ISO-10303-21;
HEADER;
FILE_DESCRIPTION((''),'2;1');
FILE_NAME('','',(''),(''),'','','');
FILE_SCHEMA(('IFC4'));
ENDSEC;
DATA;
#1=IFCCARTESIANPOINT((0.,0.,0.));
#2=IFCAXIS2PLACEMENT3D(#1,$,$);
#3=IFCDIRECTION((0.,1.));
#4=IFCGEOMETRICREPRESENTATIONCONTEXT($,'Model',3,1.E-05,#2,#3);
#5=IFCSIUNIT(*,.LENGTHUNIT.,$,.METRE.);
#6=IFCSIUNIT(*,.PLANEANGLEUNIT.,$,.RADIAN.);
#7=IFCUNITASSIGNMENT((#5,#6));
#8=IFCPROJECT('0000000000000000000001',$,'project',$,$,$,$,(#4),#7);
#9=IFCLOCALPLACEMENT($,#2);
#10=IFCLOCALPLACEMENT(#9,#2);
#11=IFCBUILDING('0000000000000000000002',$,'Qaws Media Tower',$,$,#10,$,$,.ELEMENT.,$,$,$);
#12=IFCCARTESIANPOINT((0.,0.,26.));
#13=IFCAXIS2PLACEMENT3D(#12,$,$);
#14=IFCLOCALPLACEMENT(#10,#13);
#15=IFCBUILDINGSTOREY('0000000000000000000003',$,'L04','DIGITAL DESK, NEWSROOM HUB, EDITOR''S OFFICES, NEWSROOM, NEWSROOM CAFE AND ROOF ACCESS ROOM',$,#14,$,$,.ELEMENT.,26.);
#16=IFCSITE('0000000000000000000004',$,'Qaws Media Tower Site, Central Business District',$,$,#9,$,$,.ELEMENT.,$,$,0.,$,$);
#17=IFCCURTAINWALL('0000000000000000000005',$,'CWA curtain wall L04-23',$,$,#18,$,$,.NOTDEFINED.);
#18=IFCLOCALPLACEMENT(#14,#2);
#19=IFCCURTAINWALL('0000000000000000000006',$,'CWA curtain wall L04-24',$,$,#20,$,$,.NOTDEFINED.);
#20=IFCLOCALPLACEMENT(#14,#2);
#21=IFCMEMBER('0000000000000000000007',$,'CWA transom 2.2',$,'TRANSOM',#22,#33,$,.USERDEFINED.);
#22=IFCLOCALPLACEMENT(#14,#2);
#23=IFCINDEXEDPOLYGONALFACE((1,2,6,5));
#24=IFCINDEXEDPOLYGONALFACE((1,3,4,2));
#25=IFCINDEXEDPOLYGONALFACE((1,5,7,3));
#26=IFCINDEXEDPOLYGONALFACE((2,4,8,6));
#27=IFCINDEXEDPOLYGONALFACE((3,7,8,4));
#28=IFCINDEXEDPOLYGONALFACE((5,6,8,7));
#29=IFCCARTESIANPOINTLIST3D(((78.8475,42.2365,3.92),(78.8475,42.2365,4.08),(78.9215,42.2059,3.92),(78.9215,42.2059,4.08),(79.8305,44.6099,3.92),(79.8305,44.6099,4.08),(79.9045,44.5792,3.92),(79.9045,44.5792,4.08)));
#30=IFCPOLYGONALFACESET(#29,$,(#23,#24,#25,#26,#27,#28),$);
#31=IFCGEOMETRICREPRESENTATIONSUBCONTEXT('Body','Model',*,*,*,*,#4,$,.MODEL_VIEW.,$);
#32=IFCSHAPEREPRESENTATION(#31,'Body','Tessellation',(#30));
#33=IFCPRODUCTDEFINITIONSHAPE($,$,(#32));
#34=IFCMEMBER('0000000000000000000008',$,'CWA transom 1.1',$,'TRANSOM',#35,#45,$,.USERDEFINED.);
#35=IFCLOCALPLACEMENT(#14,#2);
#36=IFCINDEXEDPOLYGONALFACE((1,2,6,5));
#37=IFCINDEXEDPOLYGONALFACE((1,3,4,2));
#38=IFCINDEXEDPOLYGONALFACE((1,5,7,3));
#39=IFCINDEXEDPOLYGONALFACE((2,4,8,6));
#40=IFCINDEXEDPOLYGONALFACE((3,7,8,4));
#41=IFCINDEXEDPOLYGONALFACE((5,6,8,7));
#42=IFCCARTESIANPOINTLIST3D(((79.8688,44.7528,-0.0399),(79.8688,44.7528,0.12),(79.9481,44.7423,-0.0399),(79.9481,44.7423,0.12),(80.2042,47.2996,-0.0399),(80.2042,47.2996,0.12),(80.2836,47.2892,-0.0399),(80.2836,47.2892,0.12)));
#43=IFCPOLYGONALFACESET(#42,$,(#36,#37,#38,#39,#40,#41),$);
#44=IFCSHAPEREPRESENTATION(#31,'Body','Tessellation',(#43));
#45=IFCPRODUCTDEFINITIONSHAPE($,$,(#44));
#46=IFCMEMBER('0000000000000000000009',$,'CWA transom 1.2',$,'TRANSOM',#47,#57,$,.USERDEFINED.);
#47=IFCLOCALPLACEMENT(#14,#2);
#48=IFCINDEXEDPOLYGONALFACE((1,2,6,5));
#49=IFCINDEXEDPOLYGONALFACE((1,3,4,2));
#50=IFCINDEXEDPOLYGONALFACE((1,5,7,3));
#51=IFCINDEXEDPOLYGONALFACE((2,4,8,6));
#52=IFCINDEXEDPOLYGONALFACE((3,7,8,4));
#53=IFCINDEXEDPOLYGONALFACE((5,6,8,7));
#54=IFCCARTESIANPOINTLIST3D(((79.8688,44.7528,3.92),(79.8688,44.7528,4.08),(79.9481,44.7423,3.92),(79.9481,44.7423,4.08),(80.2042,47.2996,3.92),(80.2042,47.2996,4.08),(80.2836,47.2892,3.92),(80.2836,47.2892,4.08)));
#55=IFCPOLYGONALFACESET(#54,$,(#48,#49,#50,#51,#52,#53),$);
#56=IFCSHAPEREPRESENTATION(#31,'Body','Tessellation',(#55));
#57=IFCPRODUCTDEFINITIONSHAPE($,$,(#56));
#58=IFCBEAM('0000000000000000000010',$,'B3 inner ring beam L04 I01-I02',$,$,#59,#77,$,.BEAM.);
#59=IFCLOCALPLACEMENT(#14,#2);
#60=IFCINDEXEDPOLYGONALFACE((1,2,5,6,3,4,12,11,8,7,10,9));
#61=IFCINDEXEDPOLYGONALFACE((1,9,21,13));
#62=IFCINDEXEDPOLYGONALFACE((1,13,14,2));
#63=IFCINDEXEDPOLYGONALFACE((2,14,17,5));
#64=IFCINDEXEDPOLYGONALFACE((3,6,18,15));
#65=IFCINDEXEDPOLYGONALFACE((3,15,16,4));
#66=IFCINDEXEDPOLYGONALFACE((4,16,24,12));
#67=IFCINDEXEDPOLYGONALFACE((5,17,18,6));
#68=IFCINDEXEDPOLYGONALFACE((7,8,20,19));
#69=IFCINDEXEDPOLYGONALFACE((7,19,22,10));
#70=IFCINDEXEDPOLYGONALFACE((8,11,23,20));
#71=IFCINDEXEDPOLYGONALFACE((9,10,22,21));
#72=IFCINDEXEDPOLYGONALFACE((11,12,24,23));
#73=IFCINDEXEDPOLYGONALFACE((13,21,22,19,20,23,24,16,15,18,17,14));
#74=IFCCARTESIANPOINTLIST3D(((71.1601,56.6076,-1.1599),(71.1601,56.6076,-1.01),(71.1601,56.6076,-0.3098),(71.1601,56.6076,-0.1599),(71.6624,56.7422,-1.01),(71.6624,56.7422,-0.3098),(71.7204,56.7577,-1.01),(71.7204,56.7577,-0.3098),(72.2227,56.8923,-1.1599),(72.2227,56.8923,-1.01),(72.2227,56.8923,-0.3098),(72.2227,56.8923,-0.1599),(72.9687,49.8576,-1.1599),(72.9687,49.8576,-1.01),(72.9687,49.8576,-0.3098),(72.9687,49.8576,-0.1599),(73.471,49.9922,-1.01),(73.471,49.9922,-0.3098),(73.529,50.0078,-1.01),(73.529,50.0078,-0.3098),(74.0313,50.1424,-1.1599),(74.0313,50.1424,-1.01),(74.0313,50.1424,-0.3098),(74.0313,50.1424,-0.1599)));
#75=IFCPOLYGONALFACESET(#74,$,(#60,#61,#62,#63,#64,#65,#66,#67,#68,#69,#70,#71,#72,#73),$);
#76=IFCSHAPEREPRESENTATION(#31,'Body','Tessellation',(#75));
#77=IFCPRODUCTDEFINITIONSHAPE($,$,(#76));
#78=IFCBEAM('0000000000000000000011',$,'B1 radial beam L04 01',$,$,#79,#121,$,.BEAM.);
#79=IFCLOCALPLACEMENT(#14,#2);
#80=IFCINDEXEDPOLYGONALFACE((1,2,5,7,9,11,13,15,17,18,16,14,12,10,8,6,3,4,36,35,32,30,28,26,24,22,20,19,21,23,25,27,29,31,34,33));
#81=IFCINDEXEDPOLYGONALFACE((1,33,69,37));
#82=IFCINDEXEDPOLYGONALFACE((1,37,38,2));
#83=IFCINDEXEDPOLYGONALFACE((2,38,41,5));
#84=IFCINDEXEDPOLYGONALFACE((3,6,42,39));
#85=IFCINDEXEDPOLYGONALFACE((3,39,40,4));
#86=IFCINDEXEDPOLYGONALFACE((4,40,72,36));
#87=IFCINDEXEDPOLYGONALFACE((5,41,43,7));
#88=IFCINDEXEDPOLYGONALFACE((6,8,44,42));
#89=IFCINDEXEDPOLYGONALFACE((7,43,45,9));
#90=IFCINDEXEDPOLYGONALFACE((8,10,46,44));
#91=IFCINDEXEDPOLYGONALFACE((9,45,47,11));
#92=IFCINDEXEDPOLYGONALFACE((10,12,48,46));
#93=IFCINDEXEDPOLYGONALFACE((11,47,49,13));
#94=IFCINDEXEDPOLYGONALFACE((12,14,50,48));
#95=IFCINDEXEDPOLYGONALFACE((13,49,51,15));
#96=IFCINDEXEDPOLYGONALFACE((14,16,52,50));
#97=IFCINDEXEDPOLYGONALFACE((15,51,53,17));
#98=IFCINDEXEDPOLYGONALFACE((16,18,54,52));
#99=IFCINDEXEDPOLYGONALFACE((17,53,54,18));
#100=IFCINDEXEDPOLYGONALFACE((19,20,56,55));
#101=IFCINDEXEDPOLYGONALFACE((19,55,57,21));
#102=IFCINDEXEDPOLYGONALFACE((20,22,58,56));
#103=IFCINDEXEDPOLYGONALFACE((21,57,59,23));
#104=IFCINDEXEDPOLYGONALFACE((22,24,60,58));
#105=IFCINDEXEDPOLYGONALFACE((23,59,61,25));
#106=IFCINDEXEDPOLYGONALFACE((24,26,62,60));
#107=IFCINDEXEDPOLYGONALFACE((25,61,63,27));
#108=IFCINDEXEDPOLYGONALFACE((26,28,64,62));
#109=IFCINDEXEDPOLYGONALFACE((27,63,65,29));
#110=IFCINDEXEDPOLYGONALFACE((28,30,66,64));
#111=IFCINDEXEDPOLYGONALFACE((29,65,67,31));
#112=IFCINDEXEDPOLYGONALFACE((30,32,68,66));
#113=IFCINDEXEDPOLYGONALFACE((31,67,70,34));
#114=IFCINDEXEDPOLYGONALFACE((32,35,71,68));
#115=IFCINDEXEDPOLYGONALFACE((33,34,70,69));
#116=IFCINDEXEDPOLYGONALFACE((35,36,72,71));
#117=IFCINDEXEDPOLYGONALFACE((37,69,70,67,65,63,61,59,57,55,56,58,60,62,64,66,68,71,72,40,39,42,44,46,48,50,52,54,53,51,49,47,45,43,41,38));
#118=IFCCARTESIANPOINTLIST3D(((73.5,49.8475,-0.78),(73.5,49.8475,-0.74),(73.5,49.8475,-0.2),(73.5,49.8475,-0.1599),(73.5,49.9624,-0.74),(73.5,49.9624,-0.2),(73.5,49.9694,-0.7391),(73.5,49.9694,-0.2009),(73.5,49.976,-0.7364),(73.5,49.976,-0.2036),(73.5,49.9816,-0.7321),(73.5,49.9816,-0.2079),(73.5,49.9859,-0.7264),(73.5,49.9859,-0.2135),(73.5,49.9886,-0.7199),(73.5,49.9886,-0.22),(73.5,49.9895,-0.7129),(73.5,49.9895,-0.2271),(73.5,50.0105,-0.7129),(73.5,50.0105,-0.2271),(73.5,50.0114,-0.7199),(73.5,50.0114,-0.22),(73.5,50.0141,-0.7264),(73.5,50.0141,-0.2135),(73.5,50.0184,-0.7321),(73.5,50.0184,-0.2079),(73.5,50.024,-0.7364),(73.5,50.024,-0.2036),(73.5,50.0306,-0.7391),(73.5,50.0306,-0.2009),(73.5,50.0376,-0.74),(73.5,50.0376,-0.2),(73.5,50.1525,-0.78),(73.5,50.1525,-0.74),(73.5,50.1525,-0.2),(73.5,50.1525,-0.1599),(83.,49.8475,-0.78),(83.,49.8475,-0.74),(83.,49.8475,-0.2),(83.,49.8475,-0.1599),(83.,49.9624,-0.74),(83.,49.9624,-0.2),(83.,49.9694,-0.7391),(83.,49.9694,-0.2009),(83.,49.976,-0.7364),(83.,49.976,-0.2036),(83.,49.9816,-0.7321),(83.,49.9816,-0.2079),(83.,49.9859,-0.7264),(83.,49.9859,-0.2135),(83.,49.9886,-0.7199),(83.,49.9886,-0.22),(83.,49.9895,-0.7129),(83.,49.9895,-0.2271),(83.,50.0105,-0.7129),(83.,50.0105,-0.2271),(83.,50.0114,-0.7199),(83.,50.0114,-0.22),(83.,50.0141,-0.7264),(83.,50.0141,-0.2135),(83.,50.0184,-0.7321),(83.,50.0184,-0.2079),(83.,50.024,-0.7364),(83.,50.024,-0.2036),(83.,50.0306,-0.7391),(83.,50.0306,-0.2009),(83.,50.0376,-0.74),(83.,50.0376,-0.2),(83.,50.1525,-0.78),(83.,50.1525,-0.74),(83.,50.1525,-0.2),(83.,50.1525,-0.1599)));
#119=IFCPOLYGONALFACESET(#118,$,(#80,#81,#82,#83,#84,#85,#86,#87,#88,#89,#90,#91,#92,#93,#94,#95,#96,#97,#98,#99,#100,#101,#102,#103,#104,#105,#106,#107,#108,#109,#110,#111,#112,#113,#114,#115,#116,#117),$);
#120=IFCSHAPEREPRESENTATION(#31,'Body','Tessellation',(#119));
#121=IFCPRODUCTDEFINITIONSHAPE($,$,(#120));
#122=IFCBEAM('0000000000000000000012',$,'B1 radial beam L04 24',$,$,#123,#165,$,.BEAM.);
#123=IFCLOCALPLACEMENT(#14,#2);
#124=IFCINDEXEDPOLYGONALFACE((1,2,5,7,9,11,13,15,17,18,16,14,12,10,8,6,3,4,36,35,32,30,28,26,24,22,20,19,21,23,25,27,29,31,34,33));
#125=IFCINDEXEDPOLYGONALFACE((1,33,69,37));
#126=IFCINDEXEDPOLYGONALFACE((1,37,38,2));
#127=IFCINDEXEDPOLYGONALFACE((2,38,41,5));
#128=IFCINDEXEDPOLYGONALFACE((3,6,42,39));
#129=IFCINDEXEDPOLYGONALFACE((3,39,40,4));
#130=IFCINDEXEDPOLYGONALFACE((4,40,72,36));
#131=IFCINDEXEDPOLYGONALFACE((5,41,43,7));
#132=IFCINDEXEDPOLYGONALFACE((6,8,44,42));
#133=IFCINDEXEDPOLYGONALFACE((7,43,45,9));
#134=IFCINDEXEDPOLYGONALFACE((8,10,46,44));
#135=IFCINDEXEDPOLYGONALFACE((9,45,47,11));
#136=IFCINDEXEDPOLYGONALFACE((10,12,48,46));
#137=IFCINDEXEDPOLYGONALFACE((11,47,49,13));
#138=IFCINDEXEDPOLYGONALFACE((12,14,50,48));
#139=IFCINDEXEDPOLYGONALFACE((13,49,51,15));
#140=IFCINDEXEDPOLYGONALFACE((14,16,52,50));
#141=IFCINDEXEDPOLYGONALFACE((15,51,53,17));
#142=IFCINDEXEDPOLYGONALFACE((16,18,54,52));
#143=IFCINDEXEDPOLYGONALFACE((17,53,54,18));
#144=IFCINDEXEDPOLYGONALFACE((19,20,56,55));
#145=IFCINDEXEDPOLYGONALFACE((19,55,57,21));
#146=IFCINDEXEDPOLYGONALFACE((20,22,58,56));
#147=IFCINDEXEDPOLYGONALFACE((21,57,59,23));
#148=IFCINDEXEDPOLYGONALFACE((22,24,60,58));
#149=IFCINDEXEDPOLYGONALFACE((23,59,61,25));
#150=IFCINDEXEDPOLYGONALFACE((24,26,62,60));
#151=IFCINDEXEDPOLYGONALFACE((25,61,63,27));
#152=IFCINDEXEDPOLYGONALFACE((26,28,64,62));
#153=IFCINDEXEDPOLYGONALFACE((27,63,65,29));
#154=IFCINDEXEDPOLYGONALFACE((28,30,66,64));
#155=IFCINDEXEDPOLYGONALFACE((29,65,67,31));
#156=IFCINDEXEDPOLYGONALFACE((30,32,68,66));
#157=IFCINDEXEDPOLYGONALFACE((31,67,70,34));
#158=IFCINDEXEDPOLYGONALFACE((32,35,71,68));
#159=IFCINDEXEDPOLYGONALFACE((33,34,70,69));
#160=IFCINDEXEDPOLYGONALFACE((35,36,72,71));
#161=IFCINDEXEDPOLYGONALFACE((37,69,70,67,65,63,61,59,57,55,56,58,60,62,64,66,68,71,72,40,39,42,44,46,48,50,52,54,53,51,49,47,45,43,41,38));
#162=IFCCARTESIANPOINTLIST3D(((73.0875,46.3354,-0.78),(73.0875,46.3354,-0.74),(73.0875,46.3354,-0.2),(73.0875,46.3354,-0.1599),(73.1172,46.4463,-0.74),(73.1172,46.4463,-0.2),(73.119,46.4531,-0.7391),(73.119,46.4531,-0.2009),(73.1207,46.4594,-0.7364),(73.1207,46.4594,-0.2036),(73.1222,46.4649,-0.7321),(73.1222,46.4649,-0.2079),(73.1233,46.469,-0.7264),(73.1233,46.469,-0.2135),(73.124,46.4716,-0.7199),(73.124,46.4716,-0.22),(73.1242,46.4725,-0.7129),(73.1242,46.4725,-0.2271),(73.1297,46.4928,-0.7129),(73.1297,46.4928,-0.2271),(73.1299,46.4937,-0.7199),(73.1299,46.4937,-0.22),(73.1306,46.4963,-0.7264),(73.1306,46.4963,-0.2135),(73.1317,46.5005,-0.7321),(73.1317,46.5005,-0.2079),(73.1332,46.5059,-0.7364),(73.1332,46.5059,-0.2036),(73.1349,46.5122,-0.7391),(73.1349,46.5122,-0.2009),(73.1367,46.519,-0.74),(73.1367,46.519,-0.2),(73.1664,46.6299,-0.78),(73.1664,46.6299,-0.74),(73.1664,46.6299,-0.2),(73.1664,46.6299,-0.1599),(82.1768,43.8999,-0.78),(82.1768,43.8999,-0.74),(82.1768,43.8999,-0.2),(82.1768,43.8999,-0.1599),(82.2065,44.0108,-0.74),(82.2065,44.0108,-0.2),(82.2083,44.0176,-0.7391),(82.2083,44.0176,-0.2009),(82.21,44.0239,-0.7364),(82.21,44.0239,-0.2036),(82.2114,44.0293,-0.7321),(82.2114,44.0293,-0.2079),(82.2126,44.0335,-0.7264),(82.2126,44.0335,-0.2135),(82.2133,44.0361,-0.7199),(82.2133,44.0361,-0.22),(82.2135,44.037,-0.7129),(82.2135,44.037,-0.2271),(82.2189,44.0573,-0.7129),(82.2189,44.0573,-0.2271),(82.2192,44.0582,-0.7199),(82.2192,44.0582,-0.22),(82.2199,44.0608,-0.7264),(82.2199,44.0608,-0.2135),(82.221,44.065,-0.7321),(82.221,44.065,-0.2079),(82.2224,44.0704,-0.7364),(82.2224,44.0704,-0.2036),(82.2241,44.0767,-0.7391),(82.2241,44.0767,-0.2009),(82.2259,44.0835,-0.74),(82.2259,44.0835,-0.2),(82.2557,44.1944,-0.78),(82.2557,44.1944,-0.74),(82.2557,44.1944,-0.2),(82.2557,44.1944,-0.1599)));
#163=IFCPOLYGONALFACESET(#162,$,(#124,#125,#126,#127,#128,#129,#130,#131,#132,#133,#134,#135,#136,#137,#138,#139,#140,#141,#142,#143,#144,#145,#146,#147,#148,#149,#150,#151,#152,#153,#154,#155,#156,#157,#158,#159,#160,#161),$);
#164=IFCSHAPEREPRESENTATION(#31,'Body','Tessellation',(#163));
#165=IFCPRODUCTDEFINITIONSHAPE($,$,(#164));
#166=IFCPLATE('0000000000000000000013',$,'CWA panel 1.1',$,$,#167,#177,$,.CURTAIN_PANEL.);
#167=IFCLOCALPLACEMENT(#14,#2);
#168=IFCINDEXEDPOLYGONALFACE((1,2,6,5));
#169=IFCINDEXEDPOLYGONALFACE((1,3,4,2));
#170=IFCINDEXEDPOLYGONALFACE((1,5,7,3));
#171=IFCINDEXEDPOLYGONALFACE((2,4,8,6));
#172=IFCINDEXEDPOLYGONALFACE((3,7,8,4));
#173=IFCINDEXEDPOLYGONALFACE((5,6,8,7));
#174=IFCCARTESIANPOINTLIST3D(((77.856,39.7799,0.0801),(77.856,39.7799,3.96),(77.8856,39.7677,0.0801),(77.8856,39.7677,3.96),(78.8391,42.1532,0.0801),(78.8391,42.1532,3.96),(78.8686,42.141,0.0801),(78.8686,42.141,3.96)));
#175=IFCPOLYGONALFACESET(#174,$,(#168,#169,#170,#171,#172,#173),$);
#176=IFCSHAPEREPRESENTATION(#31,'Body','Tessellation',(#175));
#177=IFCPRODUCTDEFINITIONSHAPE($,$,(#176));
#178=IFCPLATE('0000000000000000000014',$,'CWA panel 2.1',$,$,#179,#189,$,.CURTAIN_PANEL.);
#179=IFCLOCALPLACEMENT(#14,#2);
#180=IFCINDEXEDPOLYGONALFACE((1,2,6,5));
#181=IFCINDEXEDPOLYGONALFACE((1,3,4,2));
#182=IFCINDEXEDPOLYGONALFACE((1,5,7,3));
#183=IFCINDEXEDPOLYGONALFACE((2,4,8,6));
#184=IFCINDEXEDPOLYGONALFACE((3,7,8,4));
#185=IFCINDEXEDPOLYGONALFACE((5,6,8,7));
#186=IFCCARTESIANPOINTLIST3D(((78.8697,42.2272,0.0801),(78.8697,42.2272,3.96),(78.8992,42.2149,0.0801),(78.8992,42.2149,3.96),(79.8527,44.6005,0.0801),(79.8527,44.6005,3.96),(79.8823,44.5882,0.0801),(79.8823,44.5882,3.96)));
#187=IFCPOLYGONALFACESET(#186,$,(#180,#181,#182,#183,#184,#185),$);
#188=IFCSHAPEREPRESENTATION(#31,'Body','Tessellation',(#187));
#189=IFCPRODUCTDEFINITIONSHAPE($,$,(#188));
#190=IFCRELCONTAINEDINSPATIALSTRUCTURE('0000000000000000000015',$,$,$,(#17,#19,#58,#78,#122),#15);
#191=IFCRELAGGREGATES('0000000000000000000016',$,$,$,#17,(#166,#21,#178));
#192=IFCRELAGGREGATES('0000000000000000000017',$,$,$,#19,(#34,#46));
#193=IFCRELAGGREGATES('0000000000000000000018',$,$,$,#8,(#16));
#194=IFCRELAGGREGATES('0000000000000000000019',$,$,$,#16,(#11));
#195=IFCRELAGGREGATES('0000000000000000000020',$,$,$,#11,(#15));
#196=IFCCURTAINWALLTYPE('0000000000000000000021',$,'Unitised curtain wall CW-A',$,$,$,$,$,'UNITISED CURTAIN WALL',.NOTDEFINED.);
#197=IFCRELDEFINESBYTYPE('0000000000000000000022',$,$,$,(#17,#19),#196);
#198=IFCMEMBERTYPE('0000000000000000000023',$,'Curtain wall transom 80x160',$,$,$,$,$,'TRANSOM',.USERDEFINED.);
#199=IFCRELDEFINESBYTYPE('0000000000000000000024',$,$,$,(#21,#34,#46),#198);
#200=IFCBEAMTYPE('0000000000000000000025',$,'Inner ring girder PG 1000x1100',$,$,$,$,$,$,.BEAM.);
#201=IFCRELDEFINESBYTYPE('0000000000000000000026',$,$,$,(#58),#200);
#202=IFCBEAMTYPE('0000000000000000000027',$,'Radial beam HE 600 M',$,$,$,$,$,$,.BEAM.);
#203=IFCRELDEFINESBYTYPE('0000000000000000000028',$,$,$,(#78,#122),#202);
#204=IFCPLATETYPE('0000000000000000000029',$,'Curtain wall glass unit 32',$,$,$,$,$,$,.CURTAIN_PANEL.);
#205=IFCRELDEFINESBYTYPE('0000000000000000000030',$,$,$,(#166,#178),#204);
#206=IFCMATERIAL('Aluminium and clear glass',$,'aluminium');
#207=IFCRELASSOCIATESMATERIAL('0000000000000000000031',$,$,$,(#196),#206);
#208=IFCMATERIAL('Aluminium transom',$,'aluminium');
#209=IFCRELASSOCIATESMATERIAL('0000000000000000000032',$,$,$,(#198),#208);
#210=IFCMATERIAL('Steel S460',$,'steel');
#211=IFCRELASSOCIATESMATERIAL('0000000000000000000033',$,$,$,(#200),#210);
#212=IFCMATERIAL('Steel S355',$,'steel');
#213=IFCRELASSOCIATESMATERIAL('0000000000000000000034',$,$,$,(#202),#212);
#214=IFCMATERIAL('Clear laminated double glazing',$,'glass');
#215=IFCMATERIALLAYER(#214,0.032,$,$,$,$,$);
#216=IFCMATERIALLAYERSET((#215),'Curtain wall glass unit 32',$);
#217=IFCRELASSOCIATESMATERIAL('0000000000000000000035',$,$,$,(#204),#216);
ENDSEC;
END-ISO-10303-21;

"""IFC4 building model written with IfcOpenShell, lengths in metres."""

from ifc_helpers import new_model, si_unit, direction, frame, origin, origin_2d, place, context, subcontext, project, spatial, rectangle, i_section, extrude, material, layer, layer_set, material_profile, profile_set, type_object, element, aggregate, save


model = new_model("IFC4")

# Units and contexts
model_context = context("Model", 3, precision=1e-05, world=origin(), true_north=direction((0.0, 1.0)))
body_context = subcontext(model_context, "Body", "Model", "MODEL_VIEW")
ifc_project = project(units=[si_unit("LENGTHUNIT", "METRE"), si_unit("PLANEANGLEUNIT", "RADIAN")], contexts=[model_context])

# Site, building, storey
site_placement = place(None, origin())
site = spatial("IfcSite", under=ifc_project, at=site_placement, Name="Qaws Media Tower Site, Central Business District", CompositionType="ELEMENT", RefElevation=0.0)
building_placement = place(site_placement, origin())
building = spatial("IfcBuilding", under=site, at=building_placement, Name="Qaws Media Tower", CompositionType="ELEMENT")
storey_placement = place(building_placement, frame((0.0, 0.0, 26.0)))
storey = spatial("IfcBuildingStorey", under=building, at=storey_placement, Name="L04", Description="DIGITAL DESK, NEWSROOM HUB, EDITOR'S OFFICES, NEWSROOM, NEWSROOM CAFE AND ROOF ACCESS ROOM", CompositionType="ELEMENT", Elevation=26.0)

# Curtain wall
ifc_material_1 = material(Name="Aluminium and clear glass", Category="aluminium")
curtain_wall_type = type_object("IfcCurtainWallType", Name="Unitised curtain wall CW-A", ElementType="UNITISED CURTAIN WALL", PredefinedType="NOTDEFINED", material=ifc_material_1)
curtain_wall_1_placement = place(storey_placement, origin())
curtain_wall_1 = element("IfcCurtainWall", 1, at=curtain_wall_1_placement, inside=storey, type_object=curtain_wall_type, Name="CWA curtain wall L04-23", PredefinedType="NOTDEFINED")

# Curtain wall
curtain_wall_2_placement = place(storey_placement, origin())
curtain_wall_2 = element("IfcCurtainWall", 2, at=curtain_wall_2_placement, inside=storey, type_object=curtain_wall_type, Name="CWA curtain wall L04-24", PredefinedType="NOTDEFINED")

# Members
ifc_material_2 = material(Name="Aluminium transom", Category="aluminium")
ifc_material_profile_1 = material_profile(ifc_material_2, rectangle(XDim=0.0801, YDim=0.1599, at=origin_2d()), Name="80x160")
ifc_profile_set_1 = profile_set([ifc_material_profile_1], Name="Aluminium transom")
member_type_1 = type_object("IfcMemberType", Name="Curtain wall transom 80x160", ElementType="TRANSOM", PredefinedType="USERDEFINED", material=ifc_profile_set_1)
member_1_placement = place(storey_placement, frame((78.8845, 42.2212, 4.0), z_axis=(0.382637, 0.923899, 0.0), x_axis=(-0.923899, 0.382637, 0.0)))
member_1 = element("IfcMember", 3, at=member_1_placement, type_object=member_type_1, Name="CWA transom 2.2", ObjectType="TRANSOM", PredefinedType="USERDEFINED", context=body_context, shape_type="SweptSolid", body=[
    extrude(rectangle(XDim=0.0801, YDim=0.1599, at=origin_2d()), origin(), (0.0, 0.0, 1.0), 2.5688),
])
member_2_placement = place(storey_placement, frame((79.9084, 44.7476, 0.04), z_axis=(0.130582, 0.991437, 0.0), x_axis=(-0.991437, 0.130582, 0.0)))
member_2 = element("IfcMember", 4, at=member_2_placement, type_object=member_type_1, Name="CWA transom 1.1", ObjectType="TRANSOM", PredefinedType="USERDEFINED", context=body_context, shape_type="SweptSolid", body=[
    extrude(rectangle(XDim=0.0801, YDim=0.1599, at=origin_2d()), origin(), (0.0, 0.0, 1.0), 2.5688),
])
member_3_placement = place(storey_placement, frame((79.9084, 44.7476, 4.0), z_axis=(0.130582, 0.991437, 0.0), x_axis=(-0.991437, 0.130582, 0.0)))
member_3 = element("IfcMember", 5, at=member_3_placement, type_object=member_type_1, Name="CWA transom 1.2", ObjectType="TRANSOM", PredefinedType="USERDEFINED", context=body_context, shape_type="SweptSolid", body=[
    extrude(rectangle(XDim=0.0801, YDim=0.1599, at=origin_2d()), origin(), (0.0, 0.0, 1.0), 2.5688),
])

# Beams
ifc_material_3 = material(Name="Steel S460", Category="steel")
ifc_material_profile_2 = material_profile(ifc_material_3, i_section(OverallWidth=1.1001, OverallDepth=1.0, WebThickness=0.0601, FlangeThickness=0.1499, at=origin_2d()), Name="PG 1000x1100")
ifc_profile_set_2 = profile_set([ifc_material_profile_2], Name="Steel S460")
beam_type_1 = type_object("IfcBeamType", Name="Inner ring girder PG 1000x1100", PredefinedType="BEAM", material=ifc_profile_set_2)
beam_1_placement = place(storey_placement, frame((73.5, 50.0, -0.6599), z_axis=(-0.258811, 0.965928, 0.0), x_axis=(-0.965928, -0.258811, 0.0)))
element("IfcBeam", 6, at=beam_1_placement, inside=storey, type_object=beam_type_1, Name="B3 inner ring beam L04 I01-I02", PredefinedType="BEAM", context=body_context, shape_type="SweptSolid", body=[
    extrude(i_section(OverallWidth=1.1001, OverallDepth=1.0, WebThickness=0.0601, FlangeThickness=0.1499, at=origin_2d()), origin(), (0.0, 0.0, 1.0), 6.988),
])
ifc_material_4 = material(Name="Steel S355", Category="steel")
ifc_material_profile_3 = material_profile(ifc_material_4, i_section(OverallWidth=0.3049, OverallDepth=0.6201, WebThickness=0.021, FlangeThickness=0.04, FilletRadius=0.0271, at=origin_2d()), Name="HE 600 M")
ifc_profile_set_3 = profile_set([ifc_material_profile_3], Name="Steel S355")
beam_type_2 = type_object("IfcBeamType", Name="Radial beam HE 600 M", PredefinedType="BEAM", material=ifc_profile_set_3)
beam_2_placement = place(storey_placement, frame((73.5, 50.0, -0.47), z_axis=(1.0, 0.0, 0.0), x_axis=(0.0, 1.0, 0.0)))
element("IfcBeam", 7, at=beam_2_placement, inside=storey, type_object=beam_type_2, Name="B1 radial beam L04 01", PredefinedType="BEAM", context=body_context, shape_type="SweptSolid", body=[
    extrude(i_section(OverallWidth=0.3049, OverallDepth=0.6201, WebThickness=0.021, FlangeThickness=0.04, FilletRadius=0.0271, at=origin_2d()), origin(), (0.0, 0.0, 1.0), 9.5),
])
beam_3_placement = place(storey_placement, frame((73.127, 46.4827, -0.47), z_axis=(0.965924, -0.258825, 0.0), x_axis=(0.258825, 0.965924, 0.0)))
element("IfcBeam", 8, at=beam_3_placement, inside=storey, type_object=beam_type_2, Name="B1 radial beam L04 24", PredefinedType="BEAM", context=body_context, shape_type="SweptSolid", body=[
    extrude(i_section(OverallWidth=0.3049, OverallDepth=0.6201, WebThickness=0.021, FlangeThickness=0.04, FilletRadius=0.0271, at=origin_2d()), origin(), (0.0, 0.0, 1.0), 9.4099),
])

# Plates
ifc_material_5 = material(Name="Clear laminated double glazing", Category="glass")
ifc_layer_1 = layer(ifc_material_5, 0.032)
ifc_layer_set_1 = layer_set([ifc_layer_1], Name="Curtain wall glass unit 32")
plate_type = type_object("IfcPlateType", Name="Curtain wall glass unit 32", PredefinedType="CURTAIN_PANEL", material=ifc_layer_set_1)
plate_1_placement = place(storey_placement, frame((78.3623, 40.9604, 0.0801), z_axis=(0.0, 0.0, 1.0), x_axis=(0.382683, 0.92388, 0.0)))
plate_1 = element("IfcPlate", 9, at=plate_1_placement, type_object=plate_type, Name="CWA panel 1.1", PredefinedType="CURTAIN_PANEL", context=body_context, shape_type="SweptSolid", body=[
    extrude(rectangle(XDim=2.5688, YDim=0.032, at=origin_2d()), origin(), (0.0, 0.0, 1.0), 3.8799),
])
plate_2_placement = place(storey_placement, frame((79.376, 43.4077, 0.0801), z_axis=(0.0, 0.0, 1.0), x_axis=(0.382683, 0.92388, 0.0)))
plate_2 = element("IfcPlate", 10, at=plate_2_placement, type_object=plate_type, Name="CWA panel 2.1", PredefinedType="CURTAIN_PANEL", context=body_context, shape_type="SweptSolid", body=[
    extrude(rectangle(XDim=2.5688, YDim=0.032, at=origin_2d()), origin(), (0.0, 0.0, 1.0), 3.8799),
])
aggregate(curtain_wall_1, [plate_1, member_1, plate_2])
aggregate(curtain_wall_2, [member_2, member_3])

save(model, "model.ifc")
